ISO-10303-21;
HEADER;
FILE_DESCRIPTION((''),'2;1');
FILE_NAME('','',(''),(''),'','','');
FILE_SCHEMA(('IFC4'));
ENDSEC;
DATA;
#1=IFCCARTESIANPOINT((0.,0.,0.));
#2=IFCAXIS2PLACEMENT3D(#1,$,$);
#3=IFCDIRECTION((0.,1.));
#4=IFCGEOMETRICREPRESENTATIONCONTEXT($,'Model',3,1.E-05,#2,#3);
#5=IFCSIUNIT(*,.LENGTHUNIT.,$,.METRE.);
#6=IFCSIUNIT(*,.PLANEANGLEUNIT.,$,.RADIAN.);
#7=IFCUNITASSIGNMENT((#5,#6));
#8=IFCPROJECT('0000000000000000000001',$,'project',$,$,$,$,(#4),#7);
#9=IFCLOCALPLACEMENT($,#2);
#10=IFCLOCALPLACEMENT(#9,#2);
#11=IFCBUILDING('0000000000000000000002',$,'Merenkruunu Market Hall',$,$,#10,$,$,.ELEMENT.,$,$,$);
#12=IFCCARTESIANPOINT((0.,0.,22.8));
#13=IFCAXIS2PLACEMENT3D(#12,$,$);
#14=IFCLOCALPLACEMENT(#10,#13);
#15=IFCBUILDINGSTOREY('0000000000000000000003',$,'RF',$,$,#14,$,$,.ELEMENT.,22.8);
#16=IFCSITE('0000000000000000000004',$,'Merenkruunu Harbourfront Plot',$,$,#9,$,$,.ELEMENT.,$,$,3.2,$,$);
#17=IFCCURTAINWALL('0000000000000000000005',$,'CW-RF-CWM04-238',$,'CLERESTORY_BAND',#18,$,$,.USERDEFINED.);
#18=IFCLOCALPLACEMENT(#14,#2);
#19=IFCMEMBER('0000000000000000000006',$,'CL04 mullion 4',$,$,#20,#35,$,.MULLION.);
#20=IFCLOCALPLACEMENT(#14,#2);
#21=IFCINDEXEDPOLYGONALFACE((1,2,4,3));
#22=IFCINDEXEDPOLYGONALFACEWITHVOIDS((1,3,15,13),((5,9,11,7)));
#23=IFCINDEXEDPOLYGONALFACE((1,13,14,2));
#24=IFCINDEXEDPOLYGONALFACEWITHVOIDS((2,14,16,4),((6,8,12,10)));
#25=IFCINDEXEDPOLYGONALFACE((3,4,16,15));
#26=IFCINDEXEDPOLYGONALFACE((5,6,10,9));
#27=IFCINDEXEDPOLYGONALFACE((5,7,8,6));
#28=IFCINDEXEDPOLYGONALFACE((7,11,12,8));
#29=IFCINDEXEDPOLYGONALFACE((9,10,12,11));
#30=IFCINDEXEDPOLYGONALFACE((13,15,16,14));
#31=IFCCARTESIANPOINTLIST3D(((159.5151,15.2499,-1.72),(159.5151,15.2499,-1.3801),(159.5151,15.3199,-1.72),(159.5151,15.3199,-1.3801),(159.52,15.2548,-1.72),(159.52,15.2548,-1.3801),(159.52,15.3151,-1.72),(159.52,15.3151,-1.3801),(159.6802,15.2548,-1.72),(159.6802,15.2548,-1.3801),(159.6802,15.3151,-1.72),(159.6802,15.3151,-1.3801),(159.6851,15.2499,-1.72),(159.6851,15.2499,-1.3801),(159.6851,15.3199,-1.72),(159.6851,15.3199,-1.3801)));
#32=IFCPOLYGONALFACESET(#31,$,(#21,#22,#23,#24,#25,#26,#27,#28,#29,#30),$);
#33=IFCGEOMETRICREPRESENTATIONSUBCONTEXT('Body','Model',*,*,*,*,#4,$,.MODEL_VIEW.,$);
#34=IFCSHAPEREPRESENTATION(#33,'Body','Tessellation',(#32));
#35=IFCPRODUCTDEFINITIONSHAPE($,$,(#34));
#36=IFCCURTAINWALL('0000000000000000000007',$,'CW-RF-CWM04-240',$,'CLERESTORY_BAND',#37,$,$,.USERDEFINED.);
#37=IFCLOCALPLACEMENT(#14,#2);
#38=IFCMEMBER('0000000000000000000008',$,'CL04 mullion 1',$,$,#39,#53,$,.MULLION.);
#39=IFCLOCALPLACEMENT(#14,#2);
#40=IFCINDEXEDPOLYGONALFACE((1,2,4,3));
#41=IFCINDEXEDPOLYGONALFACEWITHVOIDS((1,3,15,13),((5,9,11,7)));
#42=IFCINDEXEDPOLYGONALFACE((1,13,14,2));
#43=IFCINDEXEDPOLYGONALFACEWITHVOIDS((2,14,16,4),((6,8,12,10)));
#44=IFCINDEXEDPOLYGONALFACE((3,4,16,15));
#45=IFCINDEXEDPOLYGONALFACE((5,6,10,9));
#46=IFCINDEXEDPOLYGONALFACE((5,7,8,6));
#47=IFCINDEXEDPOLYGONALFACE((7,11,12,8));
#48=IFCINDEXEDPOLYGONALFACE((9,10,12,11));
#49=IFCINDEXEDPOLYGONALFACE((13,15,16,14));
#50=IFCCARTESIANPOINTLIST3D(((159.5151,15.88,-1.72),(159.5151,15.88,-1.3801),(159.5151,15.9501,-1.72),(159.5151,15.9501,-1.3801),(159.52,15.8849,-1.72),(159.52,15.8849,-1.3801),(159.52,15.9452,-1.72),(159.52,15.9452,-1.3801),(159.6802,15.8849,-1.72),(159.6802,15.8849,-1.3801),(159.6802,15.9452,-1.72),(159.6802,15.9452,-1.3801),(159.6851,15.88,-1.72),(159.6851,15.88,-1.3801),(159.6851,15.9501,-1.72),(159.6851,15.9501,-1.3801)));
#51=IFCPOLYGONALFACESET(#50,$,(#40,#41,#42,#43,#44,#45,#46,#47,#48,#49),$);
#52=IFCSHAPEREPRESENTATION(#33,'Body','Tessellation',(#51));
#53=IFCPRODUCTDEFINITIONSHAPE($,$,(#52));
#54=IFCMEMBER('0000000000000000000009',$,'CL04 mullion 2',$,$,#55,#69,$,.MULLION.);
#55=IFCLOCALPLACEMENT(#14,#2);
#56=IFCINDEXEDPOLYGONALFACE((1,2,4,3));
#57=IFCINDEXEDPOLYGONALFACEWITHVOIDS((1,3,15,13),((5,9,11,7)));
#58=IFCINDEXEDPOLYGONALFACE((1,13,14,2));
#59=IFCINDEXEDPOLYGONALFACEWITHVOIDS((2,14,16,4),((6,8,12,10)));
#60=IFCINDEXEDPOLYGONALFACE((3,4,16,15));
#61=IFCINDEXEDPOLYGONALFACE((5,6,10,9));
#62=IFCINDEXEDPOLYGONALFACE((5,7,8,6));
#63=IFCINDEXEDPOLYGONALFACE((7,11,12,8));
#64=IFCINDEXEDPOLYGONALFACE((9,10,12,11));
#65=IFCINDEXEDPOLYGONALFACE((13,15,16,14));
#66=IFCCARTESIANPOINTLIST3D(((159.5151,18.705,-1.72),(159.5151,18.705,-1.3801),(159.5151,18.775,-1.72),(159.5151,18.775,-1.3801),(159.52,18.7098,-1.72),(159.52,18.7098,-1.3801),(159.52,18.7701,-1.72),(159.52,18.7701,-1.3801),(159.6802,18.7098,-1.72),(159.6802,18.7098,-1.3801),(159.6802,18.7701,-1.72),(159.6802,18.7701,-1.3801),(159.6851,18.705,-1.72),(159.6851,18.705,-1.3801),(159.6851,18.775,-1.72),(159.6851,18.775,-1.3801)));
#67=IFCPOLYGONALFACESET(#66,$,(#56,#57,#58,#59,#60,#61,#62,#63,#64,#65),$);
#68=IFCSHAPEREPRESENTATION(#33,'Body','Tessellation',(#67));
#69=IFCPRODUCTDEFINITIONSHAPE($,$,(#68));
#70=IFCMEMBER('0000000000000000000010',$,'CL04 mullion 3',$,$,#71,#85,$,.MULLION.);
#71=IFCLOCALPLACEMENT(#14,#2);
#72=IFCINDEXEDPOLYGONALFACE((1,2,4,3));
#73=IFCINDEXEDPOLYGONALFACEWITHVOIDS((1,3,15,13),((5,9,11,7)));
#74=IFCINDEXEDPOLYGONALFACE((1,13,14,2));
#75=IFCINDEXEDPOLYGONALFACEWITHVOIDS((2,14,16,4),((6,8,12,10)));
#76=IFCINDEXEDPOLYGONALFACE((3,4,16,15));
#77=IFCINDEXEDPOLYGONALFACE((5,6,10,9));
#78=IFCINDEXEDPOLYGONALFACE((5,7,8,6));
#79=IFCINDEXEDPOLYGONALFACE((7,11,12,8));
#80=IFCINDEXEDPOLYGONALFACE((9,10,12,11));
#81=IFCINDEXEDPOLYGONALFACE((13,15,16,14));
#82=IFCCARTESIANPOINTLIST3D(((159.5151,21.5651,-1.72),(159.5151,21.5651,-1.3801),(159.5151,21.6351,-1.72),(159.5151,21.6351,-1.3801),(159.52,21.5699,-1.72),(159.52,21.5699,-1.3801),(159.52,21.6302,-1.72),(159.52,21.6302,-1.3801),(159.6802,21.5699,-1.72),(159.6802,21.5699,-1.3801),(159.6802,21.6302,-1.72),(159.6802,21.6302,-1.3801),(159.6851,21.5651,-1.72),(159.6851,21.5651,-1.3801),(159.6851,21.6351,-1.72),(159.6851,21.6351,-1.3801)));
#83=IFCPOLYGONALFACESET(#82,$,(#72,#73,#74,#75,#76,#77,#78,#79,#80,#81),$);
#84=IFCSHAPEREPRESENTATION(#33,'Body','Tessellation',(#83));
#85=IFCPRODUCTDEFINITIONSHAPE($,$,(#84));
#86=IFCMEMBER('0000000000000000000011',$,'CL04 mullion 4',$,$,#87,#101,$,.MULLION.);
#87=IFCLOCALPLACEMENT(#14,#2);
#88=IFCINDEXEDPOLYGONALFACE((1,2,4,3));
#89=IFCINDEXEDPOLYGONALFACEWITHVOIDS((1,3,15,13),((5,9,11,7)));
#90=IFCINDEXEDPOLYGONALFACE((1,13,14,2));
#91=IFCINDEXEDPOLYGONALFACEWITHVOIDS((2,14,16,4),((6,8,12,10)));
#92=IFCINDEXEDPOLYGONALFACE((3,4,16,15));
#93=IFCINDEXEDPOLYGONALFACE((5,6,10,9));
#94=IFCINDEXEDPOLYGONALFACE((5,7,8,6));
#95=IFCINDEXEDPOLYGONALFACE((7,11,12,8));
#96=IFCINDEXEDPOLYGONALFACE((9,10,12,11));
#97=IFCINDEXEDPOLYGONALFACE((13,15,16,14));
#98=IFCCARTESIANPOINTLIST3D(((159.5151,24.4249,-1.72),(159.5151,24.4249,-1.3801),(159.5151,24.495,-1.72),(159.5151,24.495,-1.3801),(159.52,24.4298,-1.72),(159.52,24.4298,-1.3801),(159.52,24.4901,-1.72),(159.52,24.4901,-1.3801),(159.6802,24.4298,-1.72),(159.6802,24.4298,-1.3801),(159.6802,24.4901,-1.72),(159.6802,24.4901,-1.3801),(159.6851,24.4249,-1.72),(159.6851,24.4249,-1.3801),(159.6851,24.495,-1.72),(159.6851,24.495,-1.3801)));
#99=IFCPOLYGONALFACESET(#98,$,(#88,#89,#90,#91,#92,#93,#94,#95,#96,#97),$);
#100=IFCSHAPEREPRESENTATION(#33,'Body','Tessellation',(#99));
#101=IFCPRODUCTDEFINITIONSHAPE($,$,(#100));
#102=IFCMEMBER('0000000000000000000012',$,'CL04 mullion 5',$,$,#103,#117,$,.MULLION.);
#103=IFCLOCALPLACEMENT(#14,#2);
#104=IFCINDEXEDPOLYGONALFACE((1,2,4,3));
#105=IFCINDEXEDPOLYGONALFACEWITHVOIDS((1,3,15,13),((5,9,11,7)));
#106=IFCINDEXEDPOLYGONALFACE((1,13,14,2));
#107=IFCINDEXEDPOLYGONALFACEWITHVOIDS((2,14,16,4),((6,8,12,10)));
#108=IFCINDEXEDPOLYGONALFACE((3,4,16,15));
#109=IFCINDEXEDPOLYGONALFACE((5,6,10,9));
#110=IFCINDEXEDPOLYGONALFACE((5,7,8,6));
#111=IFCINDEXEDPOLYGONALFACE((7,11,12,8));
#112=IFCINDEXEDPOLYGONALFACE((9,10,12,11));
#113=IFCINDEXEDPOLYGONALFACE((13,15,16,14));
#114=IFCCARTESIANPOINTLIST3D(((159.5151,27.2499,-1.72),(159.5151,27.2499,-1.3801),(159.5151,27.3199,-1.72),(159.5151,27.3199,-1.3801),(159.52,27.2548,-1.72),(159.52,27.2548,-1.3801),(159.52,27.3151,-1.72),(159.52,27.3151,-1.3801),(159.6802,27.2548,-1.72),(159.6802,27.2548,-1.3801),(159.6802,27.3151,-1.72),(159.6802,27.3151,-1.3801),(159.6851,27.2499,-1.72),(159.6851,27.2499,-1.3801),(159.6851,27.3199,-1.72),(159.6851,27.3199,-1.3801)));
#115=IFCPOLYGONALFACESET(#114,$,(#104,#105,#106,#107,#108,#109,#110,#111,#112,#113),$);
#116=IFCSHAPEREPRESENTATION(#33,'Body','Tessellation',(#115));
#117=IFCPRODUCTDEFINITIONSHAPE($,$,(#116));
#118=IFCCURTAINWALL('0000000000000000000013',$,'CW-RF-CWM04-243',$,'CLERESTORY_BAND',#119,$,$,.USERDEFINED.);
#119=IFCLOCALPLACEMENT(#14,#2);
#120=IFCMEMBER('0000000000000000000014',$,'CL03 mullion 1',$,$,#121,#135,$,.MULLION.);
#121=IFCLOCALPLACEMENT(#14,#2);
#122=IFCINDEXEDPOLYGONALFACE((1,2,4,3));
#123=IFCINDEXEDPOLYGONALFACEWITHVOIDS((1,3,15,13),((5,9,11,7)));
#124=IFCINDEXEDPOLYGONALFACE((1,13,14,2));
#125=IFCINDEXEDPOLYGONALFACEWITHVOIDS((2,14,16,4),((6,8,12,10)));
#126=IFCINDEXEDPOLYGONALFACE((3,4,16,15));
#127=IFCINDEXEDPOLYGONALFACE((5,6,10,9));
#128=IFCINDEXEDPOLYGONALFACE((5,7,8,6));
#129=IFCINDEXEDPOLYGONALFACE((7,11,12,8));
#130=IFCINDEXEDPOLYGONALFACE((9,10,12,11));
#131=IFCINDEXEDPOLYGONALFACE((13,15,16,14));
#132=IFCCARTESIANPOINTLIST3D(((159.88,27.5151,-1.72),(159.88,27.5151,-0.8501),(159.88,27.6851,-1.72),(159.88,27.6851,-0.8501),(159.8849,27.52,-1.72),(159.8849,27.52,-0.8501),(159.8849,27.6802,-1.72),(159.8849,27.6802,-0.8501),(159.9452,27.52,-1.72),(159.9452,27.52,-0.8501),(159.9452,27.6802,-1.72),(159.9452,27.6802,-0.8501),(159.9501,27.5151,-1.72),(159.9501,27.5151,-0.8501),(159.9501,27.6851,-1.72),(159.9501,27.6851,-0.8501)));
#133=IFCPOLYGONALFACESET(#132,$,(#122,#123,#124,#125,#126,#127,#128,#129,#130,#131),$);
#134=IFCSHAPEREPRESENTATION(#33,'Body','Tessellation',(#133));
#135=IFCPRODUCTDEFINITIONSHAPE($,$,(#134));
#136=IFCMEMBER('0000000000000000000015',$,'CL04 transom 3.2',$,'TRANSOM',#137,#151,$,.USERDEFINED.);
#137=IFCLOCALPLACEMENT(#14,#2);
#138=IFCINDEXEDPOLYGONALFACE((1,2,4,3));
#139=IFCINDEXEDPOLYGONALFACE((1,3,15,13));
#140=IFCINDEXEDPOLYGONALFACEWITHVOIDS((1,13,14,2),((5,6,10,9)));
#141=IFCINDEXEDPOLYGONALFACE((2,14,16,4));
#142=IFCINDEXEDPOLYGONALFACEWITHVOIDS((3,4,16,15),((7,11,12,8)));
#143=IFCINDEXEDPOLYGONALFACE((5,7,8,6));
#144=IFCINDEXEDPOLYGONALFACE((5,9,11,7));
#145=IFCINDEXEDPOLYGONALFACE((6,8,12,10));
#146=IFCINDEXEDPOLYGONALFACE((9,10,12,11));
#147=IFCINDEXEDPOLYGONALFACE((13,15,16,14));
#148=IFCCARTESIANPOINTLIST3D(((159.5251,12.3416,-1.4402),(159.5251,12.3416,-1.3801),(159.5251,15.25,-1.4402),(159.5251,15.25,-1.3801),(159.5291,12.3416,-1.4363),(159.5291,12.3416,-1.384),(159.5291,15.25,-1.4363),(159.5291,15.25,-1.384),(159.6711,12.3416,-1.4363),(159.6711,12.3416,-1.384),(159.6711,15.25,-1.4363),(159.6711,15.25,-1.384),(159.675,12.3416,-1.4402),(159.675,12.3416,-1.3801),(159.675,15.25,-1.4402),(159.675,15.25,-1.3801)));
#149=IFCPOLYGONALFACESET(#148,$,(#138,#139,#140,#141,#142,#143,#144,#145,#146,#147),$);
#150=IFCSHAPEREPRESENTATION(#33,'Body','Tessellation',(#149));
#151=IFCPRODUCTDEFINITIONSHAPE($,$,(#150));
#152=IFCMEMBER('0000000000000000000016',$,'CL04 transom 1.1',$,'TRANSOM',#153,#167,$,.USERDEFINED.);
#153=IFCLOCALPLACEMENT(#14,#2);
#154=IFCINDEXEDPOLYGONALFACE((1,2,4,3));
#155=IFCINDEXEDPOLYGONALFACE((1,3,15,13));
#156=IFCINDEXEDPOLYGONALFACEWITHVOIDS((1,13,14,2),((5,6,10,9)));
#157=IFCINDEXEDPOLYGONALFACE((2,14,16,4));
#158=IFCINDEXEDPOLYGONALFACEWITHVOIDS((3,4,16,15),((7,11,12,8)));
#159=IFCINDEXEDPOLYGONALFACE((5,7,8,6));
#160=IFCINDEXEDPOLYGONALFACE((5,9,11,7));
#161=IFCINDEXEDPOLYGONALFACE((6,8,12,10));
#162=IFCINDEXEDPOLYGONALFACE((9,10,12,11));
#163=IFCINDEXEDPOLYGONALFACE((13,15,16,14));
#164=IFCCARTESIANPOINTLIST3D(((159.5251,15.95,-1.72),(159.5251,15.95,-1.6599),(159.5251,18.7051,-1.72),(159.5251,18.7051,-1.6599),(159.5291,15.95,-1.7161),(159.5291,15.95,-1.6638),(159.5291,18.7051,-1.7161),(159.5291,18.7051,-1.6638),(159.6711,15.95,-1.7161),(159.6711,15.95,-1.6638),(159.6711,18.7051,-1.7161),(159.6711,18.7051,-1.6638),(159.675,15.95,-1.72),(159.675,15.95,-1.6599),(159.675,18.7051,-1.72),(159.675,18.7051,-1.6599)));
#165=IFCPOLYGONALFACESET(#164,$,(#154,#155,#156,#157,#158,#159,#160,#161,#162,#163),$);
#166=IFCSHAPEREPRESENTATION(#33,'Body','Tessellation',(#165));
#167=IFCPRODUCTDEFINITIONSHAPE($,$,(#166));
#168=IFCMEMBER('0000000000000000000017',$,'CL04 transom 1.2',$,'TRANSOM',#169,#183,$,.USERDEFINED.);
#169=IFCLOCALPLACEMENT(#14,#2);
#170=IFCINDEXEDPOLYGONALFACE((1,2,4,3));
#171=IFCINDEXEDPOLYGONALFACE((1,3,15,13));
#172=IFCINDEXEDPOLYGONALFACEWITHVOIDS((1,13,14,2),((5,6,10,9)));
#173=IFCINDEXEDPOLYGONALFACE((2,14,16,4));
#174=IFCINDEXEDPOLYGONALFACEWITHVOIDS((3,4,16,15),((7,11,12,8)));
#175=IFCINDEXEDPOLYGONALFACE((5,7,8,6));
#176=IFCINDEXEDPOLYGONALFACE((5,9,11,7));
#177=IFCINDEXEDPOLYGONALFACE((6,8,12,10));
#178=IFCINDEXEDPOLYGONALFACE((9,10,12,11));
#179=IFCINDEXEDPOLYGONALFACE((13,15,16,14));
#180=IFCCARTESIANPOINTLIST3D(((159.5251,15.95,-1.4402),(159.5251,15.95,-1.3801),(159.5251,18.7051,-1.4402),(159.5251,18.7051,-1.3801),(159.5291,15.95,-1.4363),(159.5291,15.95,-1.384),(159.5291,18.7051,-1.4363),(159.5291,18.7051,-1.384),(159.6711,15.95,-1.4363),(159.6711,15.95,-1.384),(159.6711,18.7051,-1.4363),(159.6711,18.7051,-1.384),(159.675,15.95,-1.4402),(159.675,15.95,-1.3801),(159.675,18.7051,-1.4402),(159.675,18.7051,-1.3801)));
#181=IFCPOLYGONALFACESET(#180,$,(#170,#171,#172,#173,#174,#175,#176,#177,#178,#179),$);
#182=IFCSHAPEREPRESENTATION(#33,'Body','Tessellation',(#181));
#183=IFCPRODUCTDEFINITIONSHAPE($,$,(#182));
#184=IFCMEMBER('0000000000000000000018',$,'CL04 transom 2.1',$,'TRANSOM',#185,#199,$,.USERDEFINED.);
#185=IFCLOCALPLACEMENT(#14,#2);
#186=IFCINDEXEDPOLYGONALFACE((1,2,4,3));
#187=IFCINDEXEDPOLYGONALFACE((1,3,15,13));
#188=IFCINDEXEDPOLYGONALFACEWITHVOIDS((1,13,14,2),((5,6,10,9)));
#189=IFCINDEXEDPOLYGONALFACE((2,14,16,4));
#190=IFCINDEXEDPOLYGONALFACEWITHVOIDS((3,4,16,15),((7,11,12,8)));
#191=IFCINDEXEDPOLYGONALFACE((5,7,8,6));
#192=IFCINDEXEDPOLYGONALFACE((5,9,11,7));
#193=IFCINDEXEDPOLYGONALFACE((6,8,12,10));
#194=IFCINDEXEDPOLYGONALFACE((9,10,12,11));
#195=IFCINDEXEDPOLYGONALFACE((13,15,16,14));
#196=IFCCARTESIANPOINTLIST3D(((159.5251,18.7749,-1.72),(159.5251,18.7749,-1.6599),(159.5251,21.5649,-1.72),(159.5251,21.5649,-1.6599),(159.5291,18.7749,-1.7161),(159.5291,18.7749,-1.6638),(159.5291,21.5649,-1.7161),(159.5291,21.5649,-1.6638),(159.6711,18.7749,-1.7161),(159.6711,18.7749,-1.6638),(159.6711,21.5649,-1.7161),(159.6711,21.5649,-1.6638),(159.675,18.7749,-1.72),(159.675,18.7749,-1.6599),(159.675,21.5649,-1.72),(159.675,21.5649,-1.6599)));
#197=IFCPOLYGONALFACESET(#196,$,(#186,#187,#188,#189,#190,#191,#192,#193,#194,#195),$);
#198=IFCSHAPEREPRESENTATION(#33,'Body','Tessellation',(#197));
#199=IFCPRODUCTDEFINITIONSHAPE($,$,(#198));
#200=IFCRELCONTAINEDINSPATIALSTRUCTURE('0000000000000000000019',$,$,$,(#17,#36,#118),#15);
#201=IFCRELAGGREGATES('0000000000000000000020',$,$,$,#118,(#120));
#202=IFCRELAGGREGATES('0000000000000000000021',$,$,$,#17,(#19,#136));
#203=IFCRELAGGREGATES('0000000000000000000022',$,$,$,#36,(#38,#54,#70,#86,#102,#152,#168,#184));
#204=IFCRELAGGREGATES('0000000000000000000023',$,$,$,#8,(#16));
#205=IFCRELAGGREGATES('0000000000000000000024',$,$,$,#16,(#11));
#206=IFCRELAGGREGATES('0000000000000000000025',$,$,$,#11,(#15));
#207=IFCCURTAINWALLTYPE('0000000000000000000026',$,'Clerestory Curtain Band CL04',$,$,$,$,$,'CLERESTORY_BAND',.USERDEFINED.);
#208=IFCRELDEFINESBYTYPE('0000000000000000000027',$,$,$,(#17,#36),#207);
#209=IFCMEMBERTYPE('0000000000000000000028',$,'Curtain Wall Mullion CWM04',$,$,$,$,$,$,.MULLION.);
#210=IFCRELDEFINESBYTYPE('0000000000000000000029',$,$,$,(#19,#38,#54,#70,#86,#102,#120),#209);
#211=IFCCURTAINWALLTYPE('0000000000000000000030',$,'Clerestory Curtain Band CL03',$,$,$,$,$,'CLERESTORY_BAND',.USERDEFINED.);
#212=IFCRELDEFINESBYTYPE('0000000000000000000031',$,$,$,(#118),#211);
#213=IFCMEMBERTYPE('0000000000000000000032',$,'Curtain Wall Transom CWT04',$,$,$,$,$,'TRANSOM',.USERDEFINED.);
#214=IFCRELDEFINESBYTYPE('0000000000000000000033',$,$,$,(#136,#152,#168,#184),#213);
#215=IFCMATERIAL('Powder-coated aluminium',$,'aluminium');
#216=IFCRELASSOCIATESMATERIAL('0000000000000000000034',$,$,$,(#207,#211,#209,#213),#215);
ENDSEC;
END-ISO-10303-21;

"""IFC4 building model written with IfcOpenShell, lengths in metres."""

from ifc_helpers import new_model, si_unit, direction, frame, origin, origin_2d, place, context, subcontext, project, spatial, hollow_rectangle, extrude, material, material_profile, profile_set, type_object, element, aggregate, save


model = new_model("IFC4")

# Units and contexts
model_context = context("Model", 3, precision=1e-05, world=origin(), true_north=direction((0.0, 1.0)))
body_context = subcontext(model_context, "Body", "Model", "MODEL_VIEW")
ifc_project = project(units=[si_unit("LENGTHUNIT", "METRE"), si_unit("PLANEANGLEUNIT", "RADIAN")], contexts=[model_context])

# Site, building, storey
site_placement = place(None, origin())
site = spatial("IfcSite", under=ifc_project, at=site_placement, Name="Merenkruunu Harbourfront Plot", CompositionType="ELEMENT", RefElevation=3.2)
building_placement = place(site_placement, origin())
building = spatial("IfcBuilding", under=site, at=building_placement, Name="Merenkruunu Market Hall", CompositionType="ELEMENT")
storey_placement = place(building_placement, frame((0.0, 0.0, 22.8)))
storey = spatial("IfcBuildingStorey", under=building, at=storey_placement, Name="RF", CompositionType="ELEMENT", Elevation=22.8)

# Curtain wall, member
ifc_material_1 = material(Name="Powder-coated aluminium", Category="aluminium")
curtain_wall_type_1 = type_object("IfcCurtainWallType", Name="Clerestory Curtain Band CL04", ElementType="CLERESTORY_BAND", PredefinedType="USERDEFINED", material=ifc_material_1)
curtain_wall_1_placement = place(storey_placement, origin())
curtain_wall_1 = element("IfcCurtainWall", 1, at=curtain_wall_1_placement, inside=storey, type_object=curtain_wall_type_1, Name="CW-RF-CWM04-238", ObjectType="CLERESTORY_BAND", PredefinedType="USERDEFINED")
ifc_material_profile_1 = material_profile(ifc_material_1, hollow_rectangle(XDim=0.0701, YDim=0.1699, WallThickness=0.0049, at=origin_2d()), Name="ALU 70x170x5")
ifc_profile_set_1 = profile_set([ifc_material_profile_1], Name="Powder-coated aluminium")
member_type_1 = type_object("IfcMemberType", Name="Curtain Wall Mullion CWM04", PredefinedType="MULLION", material=ifc_profile_set_1)
member_1_placement = place(storey_placement, frame((159.6001, 15.2849, -1.72), z_axis=(0.0, 0.0, 1.0), x_axis=(0.0, 1.0, 0.0)))
member_1 = element("IfcMember", 2, at=member_1_placement, type_object=member_type_1, Name="CL04 mullion 4", PredefinedType="MULLION", context=body_context, shape_type="SweptSolid", body=[
    extrude(hollow_rectangle(XDim=0.0701, YDim=0.1699, WallThickness=0.0049, at=origin_2d()), origin(), (0.0, 0.0, 1.0), 0.3398),
])

# Curtain wall, members
curtain_wall_2_placement = place(storey_placement, origin())
curtain_wall_2 = element("IfcCurtainWall", 3, at=curtain_wall_2_placement, inside=storey, type_object=curtain_wall_type_1, Name="CW-RF-CWM04-240", ObjectType="CLERESTORY_BAND", PredefinedType="USERDEFINED")
member_2_placement = place(storey_placement, frame((159.6001, 15.915, -1.72), z_axis=(0.0, 0.0, 1.0), x_axis=(0.0, 1.0, 0.0)))
member_2 = element("IfcMember", 4, at=member_2_placement, type_object=member_type_1, Name="CL04 mullion 1", PredefinedType="MULLION", context=body_context, shape_type="SweptSolid", body=[
    extrude(hollow_rectangle(XDim=0.0701, YDim=0.1699, WallThickness=0.0049, at=origin_2d()), origin(), (0.0, 0.0, 1.0), 0.3398),
])
member_3_placement = place(storey_placement, frame((159.6001, 18.74, -1.72), z_axis=(0.0, 0.0, 1.0), x_axis=(0.0, 1.0, 0.0)))
member_3 = element("IfcMember", 5, at=member_3_placement, type_object=member_type_1, Name="CL04 mullion 2", PredefinedType="MULLION", context=body_context, shape_type="SweptSolid", body=[
    extrude(hollow_rectangle(XDim=0.0701, YDim=0.1699, WallThickness=0.0049, at=origin_2d()), origin(), (0.0, 0.0, 1.0), 0.3398),
])
member_4_placement = place(storey_placement, frame((159.6001, 21.6001, -1.72), z_axis=(0.0, 0.0, 1.0), x_axis=(0.0, 1.0, 0.0)))
member_4 = element("IfcMember", 6, at=member_4_placement, type_object=member_type_1, Name="CL04 mullion 3", PredefinedType="MULLION", context=body_context, shape_type="SweptSolid", body=[
    extrude(hollow_rectangle(XDim=0.0701, YDim=0.1699, WallThickness=0.0049, at=origin_2d()), origin(), (0.0, 0.0, 1.0), 0.3398),
])
member_5_placement = place(storey_placement, frame((159.6001, 24.46, -1.72), z_axis=(0.0, 0.0, 1.0), x_axis=(0.0, 1.0, 0.0)))
member_5 = element("IfcMember", 7, at=member_5_placement, type_object=member_type_1, Name="CL04 mullion 4", PredefinedType="MULLION", context=body_context, shape_type="SweptSolid", body=[
    extrude(hollow_rectangle(XDim=0.0701, YDim=0.1699, WallThickness=0.0049, at=origin_2d()), origin(), (0.0, 0.0, 1.0), 0.3398),
])
member_6_placement = place(storey_placement, frame((159.6001, 27.2849, -1.72), z_axis=(0.0, 0.0, 1.0), x_axis=(0.0, 1.0, 0.0)))
member_6 = element("IfcMember", 8, at=member_6_placement, type_object=member_type_1, Name="CL04 mullion 5", PredefinedType="MULLION", context=body_context, shape_type="SweptSolid", body=[
    extrude(hollow_rectangle(XDim=0.0701, YDim=0.1699, WallThickness=0.0049, at=origin_2d()), origin(), (0.0, 0.0, 1.0), 0.3398),
])

# Curtain wall, member
curtain_wall_type_2 = type_object("IfcCurtainWallType", Name="Clerestory Curtain Band CL03", ElementType="CLERESTORY_BAND", PredefinedType="USERDEFINED", material=ifc_material_1)
curtain_wall_3_placement = place(storey_placement, origin())
curtain_wall_3 = element("IfcCurtainWall", 9, at=curtain_wall_3_placement, inside=storey, type_object=curtain_wall_type_2, Name="CW-RF-CWM04-243", ObjectType="CLERESTORY_BAND", PredefinedType="USERDEFINED")
member_7_placement = place(storey_placement, frame((159.915, 27.6001, -1.72), z_axis=(0.0, 0.0, 1.0), x_axis=(1.0, 0.0, 0.0)))
member_7 = element("IfcMember", 10, at=member_7_placement, type_object=member_type_1, Name="CL03 mullion 1", PredefinedType="MULLION", context=body_context, shape_type="SweptSolid", body=[
    extrude(hollow_rectangle(XDim=0.0701, YDim=0.1699, WallThickness=0.0049, at=origin_2d()), origin(), (0.0, 0.0, 1.0), 0.8699),
])
aggregate(curtain_wall_3, [member_7])

# Members
ifc_material_profile_2 = material_profile(ifc_material_1, hollow_rectangle(XDim=0.0601, YDim=0.1499, WallThickness=0.0039, at=origin_2d()), Name="ALU 60x150x4")
ifc_profile_set_2 = profile_set([ifc_material_profile_2], Name="Powder-coated aluminium")
member_type_2 = type_object("IfcMemberType", Name="Curtain Wall Transom CWT04", ElementType="TRANSOM", PredefinedType="USERDEFINED", material=ifc_profile_set_2)
member_8_placement = place(storey_placement, frame((159.6001, 12.3416, -1.4102), z_axis=(0.0, 1.0, 0.0), x_axis=(0.0, 0.0, 1.0)))
member_8 = element("IfcMember", 11, at=member_8_placement, type_object=member_type_2, Name="CL04 transom 3.2", ObjectType="TRANSOM", PredefinedType="USERDEFINED", context=body_context, shape_type="SweptSolid", body=[
    extrude(hollow_rectangle(XDim=0.0601, YDim=0.1499, WallThickness=0.0039, at=origin_2d()), origin(), (0.0, 0.0, 1.0), 2.9084),
])
member_9_placement = place(storey_placement, frame((159.6001, 15.95, -1.6899), z_axis=(0.0, 1.0, 0.0), x_axis=(0.0, 0.0, 1.0)))
member_9 = element("IfcMember", 12, at=member_9_placement, type_object=member_type_2, Name="CL04 transom 1.1", ObjectType="TRANSOM", PredefinedType="USERDEFINED", context=body_context, shape_type="SweptSolid", body=[
    extrude(hollow_rectangle(XDim=0.0601, YDim=0.1499, WallThickness=0.0039, at=origin_2d()), origin(), (0.0, 0.0, 1.0), 2.7551),
])
member_10_placement = place(storey_placement, frame((159.6001, 15.95, -1.4102), z_axis=(0.0, 1.0, 0.0), x_axis=(0.0, 0.0, 1.0)))
member_10 = element("IfcMember", 13, at=member_10_placement, type_object=member_type_2, Name="CL04 transom 1.2", ObjectType="TRANSOM", PredefinedType="USERDEFINED", context=body_context, shape_type="SweptSolid", body=[
    extrude(hollow_rectangle(XDim=0.0601, YDim=0.1499, WallThickness=0.0039, at=origin_2d()), origin(), (0.0, 0.0, 1.0), 2.7551),
])
member_11_placement = place(storey_placement, frame((159.6001, 18.7749, -1.6899), z_axis=(0.0, 1.0, 0.0), x_axis=(0.0, 0.0, 1.0)))
member_11 = element("IfcMember", 14, at=member_11_placement, type_object=member_type_2, Name="CL04 transom 2.1", ObjectType="TRANSOM", PredefinedType="USERDEFINED", context=body_context, shape_type="SweptSolid", body=[
    extrude(hollow_rectangle(XDim=0.0601, YDim=0.1499, WallThickness=0.0039, at=origin_2d()), origin(), (0.0, 0.0, 1.0), 2.79),
])

aggregate(curtain_wall_1, [member_1, member_8])
aggregate(curtain_wall_2, [member_2, member_3, member_4, member_5, member_6, member_9, member_10, member_11])

save(model, "model.ifc")
